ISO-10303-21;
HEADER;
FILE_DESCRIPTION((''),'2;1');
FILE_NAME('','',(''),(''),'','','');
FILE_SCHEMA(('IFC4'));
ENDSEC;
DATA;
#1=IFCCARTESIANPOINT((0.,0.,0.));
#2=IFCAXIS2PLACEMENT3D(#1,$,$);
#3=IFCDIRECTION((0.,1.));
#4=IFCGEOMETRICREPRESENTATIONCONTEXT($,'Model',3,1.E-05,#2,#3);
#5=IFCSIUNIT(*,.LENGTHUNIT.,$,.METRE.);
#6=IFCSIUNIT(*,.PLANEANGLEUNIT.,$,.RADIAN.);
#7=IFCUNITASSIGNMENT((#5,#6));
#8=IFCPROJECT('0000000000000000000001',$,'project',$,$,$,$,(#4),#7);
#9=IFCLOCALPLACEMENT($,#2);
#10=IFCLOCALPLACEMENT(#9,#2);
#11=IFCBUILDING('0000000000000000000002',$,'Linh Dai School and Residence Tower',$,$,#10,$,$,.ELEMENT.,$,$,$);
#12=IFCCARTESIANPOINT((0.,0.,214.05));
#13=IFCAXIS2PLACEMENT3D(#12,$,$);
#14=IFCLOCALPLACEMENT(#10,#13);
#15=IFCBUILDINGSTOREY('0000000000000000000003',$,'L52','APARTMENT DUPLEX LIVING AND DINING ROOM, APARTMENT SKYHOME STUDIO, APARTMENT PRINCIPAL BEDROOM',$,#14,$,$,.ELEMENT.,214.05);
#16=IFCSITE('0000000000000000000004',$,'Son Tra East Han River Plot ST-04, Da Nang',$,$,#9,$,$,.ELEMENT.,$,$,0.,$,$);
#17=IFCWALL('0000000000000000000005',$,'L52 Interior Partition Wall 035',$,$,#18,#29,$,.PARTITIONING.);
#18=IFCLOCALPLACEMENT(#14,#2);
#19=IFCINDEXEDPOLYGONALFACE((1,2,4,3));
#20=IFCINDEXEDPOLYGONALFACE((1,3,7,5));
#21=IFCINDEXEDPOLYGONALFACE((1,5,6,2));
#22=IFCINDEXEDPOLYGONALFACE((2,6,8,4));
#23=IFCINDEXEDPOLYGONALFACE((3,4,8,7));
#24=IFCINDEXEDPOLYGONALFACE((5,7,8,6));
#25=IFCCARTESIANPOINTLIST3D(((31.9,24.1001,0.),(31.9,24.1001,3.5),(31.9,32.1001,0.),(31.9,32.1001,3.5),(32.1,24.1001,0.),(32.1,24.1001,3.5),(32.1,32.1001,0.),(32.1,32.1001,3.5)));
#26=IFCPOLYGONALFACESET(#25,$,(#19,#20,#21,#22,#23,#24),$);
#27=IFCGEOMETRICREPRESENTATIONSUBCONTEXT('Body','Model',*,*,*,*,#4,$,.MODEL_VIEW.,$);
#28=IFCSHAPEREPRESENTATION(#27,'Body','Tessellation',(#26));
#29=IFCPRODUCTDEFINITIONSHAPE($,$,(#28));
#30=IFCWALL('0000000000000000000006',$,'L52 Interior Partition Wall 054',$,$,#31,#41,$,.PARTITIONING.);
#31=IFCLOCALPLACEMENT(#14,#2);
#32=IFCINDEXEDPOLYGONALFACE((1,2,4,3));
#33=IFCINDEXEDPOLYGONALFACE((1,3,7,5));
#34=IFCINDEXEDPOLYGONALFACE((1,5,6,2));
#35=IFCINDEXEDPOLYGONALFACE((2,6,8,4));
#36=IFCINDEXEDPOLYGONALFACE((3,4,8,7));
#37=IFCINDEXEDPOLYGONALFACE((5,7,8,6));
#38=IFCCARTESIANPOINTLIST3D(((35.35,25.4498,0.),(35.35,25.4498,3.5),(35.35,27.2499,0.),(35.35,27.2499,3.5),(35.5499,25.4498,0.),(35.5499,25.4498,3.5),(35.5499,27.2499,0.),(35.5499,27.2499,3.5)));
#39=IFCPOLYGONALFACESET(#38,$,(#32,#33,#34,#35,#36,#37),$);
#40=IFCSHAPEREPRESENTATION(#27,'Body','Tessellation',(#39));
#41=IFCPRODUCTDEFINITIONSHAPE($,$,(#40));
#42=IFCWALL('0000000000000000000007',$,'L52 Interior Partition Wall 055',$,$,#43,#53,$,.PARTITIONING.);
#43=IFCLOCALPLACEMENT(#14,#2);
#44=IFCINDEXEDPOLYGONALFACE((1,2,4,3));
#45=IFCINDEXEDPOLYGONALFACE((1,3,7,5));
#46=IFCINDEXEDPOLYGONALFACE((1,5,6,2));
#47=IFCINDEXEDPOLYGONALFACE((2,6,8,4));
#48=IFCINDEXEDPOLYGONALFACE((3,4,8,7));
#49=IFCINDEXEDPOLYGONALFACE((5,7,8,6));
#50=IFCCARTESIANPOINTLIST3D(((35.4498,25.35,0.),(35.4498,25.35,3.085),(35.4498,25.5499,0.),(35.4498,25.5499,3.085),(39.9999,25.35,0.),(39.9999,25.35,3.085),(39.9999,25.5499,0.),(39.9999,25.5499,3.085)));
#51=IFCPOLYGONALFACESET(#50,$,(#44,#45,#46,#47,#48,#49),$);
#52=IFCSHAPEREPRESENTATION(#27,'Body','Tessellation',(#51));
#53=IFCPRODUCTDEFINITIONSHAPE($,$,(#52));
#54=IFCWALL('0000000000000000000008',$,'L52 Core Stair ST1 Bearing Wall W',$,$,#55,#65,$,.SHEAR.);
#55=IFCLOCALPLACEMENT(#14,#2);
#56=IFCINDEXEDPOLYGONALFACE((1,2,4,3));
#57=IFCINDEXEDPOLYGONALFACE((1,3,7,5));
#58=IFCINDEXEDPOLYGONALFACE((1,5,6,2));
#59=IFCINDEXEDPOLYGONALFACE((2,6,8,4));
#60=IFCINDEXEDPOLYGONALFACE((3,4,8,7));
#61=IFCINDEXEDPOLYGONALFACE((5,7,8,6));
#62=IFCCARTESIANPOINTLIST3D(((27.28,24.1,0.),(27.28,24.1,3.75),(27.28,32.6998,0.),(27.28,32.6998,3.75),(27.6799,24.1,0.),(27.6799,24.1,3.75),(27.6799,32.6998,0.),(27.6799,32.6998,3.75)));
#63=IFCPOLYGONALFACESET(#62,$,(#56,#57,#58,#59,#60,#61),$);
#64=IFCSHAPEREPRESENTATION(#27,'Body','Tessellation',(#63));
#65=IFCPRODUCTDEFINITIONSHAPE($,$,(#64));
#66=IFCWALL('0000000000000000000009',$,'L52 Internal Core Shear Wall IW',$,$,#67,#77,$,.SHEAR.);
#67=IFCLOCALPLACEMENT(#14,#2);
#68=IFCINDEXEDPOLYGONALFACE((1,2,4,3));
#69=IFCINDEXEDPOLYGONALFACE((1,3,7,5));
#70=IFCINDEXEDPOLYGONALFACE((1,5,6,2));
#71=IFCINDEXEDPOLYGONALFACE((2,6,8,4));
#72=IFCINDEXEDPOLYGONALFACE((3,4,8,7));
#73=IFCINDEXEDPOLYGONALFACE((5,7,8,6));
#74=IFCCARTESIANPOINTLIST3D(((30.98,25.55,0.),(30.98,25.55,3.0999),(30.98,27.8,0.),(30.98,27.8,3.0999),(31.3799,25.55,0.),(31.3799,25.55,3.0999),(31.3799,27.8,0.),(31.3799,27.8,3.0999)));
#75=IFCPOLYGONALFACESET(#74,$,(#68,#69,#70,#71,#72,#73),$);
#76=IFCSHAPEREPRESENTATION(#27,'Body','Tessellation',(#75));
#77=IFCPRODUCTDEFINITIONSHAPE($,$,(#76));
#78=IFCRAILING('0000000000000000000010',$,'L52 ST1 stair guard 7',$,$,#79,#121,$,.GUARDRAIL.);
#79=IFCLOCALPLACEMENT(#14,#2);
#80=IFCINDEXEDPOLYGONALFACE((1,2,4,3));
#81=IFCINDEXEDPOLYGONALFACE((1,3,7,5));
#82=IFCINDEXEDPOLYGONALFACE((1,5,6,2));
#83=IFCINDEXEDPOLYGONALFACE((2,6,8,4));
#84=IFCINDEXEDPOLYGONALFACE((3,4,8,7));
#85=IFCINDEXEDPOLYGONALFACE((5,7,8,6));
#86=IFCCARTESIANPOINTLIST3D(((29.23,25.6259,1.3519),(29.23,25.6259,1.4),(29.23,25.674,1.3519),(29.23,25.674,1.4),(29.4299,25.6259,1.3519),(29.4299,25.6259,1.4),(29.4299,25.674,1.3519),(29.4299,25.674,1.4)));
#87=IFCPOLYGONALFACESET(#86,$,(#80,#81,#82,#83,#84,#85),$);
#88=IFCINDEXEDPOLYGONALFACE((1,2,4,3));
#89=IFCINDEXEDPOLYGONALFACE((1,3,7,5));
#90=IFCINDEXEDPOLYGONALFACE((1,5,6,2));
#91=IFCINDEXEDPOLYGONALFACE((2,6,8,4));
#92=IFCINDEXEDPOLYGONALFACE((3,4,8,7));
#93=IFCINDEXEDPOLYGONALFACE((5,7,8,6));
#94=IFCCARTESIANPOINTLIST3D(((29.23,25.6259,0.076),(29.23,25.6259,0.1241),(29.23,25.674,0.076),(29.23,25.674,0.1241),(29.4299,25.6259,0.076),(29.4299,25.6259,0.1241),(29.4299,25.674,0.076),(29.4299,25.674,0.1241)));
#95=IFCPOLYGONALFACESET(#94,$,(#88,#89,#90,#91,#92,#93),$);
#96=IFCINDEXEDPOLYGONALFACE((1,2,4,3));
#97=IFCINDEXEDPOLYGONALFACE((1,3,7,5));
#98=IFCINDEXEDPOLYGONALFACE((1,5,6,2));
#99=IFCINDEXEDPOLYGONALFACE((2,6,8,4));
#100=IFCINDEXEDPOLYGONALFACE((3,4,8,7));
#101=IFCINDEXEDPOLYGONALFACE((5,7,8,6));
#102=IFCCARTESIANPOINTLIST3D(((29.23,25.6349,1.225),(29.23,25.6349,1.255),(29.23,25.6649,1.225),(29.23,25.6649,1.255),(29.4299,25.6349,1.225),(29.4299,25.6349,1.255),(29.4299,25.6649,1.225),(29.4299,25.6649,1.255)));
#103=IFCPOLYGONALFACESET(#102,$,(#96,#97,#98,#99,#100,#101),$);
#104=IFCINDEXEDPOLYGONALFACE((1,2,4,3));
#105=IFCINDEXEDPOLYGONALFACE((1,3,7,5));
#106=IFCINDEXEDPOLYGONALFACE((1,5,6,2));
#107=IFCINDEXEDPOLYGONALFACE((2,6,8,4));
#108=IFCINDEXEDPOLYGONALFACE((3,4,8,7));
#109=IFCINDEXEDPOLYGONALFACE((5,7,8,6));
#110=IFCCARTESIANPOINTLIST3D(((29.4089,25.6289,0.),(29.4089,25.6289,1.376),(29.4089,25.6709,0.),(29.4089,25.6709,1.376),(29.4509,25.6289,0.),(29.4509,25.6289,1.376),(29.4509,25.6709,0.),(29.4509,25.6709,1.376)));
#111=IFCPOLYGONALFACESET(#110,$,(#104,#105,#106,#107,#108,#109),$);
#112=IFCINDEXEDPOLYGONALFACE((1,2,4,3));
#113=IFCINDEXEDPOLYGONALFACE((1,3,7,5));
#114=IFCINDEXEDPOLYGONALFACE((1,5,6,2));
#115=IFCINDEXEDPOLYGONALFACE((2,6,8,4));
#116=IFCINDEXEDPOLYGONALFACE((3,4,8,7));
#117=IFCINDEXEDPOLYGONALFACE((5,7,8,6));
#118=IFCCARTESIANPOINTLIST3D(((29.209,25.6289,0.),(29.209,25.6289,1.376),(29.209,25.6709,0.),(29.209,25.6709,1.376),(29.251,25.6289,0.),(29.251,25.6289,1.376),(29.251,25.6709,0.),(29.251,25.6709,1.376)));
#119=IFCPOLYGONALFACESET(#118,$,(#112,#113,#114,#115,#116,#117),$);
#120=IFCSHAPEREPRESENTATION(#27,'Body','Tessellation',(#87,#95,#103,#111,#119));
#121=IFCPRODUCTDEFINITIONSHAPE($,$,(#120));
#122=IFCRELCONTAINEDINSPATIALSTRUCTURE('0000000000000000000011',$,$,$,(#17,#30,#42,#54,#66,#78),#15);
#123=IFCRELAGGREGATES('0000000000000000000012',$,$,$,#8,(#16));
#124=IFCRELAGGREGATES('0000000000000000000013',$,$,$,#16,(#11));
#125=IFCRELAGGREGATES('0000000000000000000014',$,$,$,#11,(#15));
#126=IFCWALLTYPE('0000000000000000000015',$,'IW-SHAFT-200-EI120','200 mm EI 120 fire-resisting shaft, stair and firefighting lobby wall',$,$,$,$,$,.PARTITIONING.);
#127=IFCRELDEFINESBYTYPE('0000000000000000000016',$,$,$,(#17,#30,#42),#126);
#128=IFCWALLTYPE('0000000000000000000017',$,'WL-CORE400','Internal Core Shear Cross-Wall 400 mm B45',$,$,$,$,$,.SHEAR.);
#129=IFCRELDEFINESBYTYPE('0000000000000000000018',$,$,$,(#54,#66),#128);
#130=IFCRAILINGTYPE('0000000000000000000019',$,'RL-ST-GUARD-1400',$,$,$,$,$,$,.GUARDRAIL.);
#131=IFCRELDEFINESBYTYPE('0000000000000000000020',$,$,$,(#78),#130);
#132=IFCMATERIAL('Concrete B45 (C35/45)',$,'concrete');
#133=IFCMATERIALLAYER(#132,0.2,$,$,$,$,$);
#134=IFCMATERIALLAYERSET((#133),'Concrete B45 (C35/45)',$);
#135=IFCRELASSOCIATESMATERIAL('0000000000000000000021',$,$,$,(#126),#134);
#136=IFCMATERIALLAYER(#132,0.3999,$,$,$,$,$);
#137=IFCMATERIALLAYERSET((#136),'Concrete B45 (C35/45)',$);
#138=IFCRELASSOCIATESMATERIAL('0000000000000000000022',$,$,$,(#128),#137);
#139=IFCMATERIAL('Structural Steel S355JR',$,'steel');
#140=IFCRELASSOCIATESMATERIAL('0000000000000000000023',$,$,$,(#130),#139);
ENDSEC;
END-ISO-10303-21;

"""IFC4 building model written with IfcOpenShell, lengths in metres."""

from ifc_helpers import new_model, si_unit, direction, frame, frame_2d, origin, origin_2d, place, context, subcontext, project, spatial, rectangle, extrude, source, transform, mapped, material, layer, layer_set, type_object, element, save


model = new_model("IFC4")

# Units and contexts
model_context = context("Model", 3, precision=1e-05, world=origin(), true_north=direction((0.0, 1.0)))
body_context = subcontext(model_context, "Body", "Model", "MODEL_VIEW")
ifc_project = project(units=[si_unit("LENGTHUNIT", "METRE"), si_unit("PLANEANGLEUNIT", "RADIAN")], contexts=[model_context])

# Site, building, storey
site_placement = place(None, origin())
site = spatial("IfcSite", under=ifc_project, at=site_placement, Name="Son Tra East Han River Plot ST-04, Da Nang", CompositionType="ELEMENT", RefElevation=0.0)
building_placement = place(site_placement, origin())
building = spatial("IfcBuilding", under=site, at=building_placement, Name="Linh Dai School and Residence Tower", CompositionType="ELEMENT")
storey_placement = place(building_placement, frame((0.0, 0.0, 214.05)))
storey = spatial("IfcBuildingStorey", under=building, at=storey_placement, Name="L52", Description="APARTMENT DUPLEX LIVING AND DINING ROOM, APARTMENT SKYHOME STUDIO, APARTMENT PRINCIPAL BEDROOM", CompositionType="ELEMENT", Elevation=214.05)

# Shared definitions
ifc_material_1 = material(Name="Structural Steel S355JR", Category="steel")

# Shared definitions
ifc_material_2 = material(Name="Concrete B45 (C35/45)", Category="concrete")
ifc_layer_1 = layer(ifc_material_2, 0.2)
ifc_layer_set_1 = layer_set([ifc_layer_1], Name="Concrete B45 (C35/45)")
wall_type_1 = type_object("IfcWallType", Name="IW-SHAFT-200-EI120", Description="200 mm EI 120 fire-resisting shaft, stair and firefighting lobby wall", PredefinedType="PARTITIONING", material=ifc_layer_set_1)

# Wall
wall_1_placement = place(storey_placement, frame((32.0, 24.1001, 0.0), z_axis=(0.0, 0.0, 1.0), x_axis=(0.0, 1.0, 0.0)))
element("IfcWall", 1, at=wall_1_placement, inside=storey, type_object=wall_type_1, Name="L52 Interior Partition Wall 035", PredefinedType="PARTITIONING", context=body_context, shape_type="SweptSolid", body=[
    extrude(rectangle(XDim=8.0, YDim=0.2, at=frame_2d((4.0, 0.0))), origin(), (0.0, 0.0, 1.0), 3.5),
])

# Walls
wall_2_placement = place(storey_placement, frame((35.45, 25.45, 0.0), z_axis=(0.0, 0.0, 1.0), x_axis=(0.0, 1.0, 0.0)))
element("IfcWall", 2, at=wall_2_placement, inside=storey, type_object=wall_type_1, Name="L52 Interior Partition Wall 054", PredefinedType="PARTITIONING", context=body_context, shape_type="SweptSolid", body=[
    extrude(rectangle(XDim=1.8, YDim=0.2, at=frame_2d((0.8999, 0.0))), origin(), (0.0, 0.0, 1.0), 3.5),
])
wall_3_placement = place(storey_placement, frame((35.45, 25.45, 0.0), z_axis=(0.0, 0.0, 1.0), x_axis=(1.0, 0.0, 0.0)))
element("IfcWall", 3, at=wall_3_placement, inside=storey, type_object=wall_type_1, Name="L52 Interior Partition Wall 055", PredefinedType="PARTITIONING", context=body_context, shape_type="SweptSolid", body=[
    extrude(rectangle(XDim=4.55, YDim=0.2, at=frame_2d((2.2749, 0.0))), origin(), (0.0, 0.0, 1.0), 3.085),
])
ifc_layer_2 = layer(ifc_material_2, 0.3999)
ifc_layer_set_2 = layer_set([ifc_layer_2], Name="Concrete B45 (C35/45)")
wall_type_2 = type_object("IfcWallType", Name="WL-CORE400", Description="Internal Core Shear Cross-Wall 400 mm B45", PredefinedType="SHEAR", material=ifc_layer_set_2)
wall_4_placement = place(storey_placement, frame((27.48, 24.1001, 0.0), z_axis=(0.0, 0.0, 1.0), x_axis=(0.0, 1.0, 0.0)))
element("IfcWall", 4, at=wall_4_placement, inside=storey, type_object=wall_type_2, Name="L52 Core Stair ST1 Bearing Wall W", PredefinedType="SHEAR", context=body_context, shape_type="SweptSolid", body=[
    extrude(rectangle(XDim=8.5999, YDim=0.3999, at=frame_2d((4.2998, 0.0))), origin(), (0.0, 0.0, 1.0), 3.75),
])
wall_5_placement = place(storey_placement, frame((31.1799, 25.55, 0.0), z_axis=(0.0, 0.0, 1.0), x_axis=(0.0, 1.0, 0.0)))
element("IfcWall", 5, at=wall_5_placement, inside=storey, type_object=wall_type_2, Name="L52 Internal Core Shear Wall IW", PredefinedType="SHEAR", context=body_context, shape_type="SweptSolid", body=[
    extrude(rectangle(XDim=2.25, YDim=0.3999, at=frame_2d((1.125, 0.0))), origin(), (0.0, 0.0, 1.0), 3.0999),
])

# Railing
railing_type = type_object("IfcRailingType", Name="RL-ST-GUARD-1400", PredefinedType="GUARDRAIL", material=ifc_material_1)
shared_shape_1 = source(origin(), body_context, "Body", "SweptSolid", [
    extrude(rectangle(XDim=0.0481, YDim=0.0481, at=origin_2d()), frame((0.0, 0.0, 1.376), z_axis=(-1.0, 0.0, 0.0), x_axis=(0.0, -1.0, 0.0)), (0.0, 0.0, 1.0), 0.2),
    extrude(rectangle(XDim=0.0481, YDim=0.0481, at=origin_2d()), frame((0.0, 0.0, 0.1001), z_axis=(-1.0, 0.0, 0.0), x_axis=(0.0, -1.0, 0.0)), (0.0, 0.0, 1.0), 0.2),
    extrude(rectangle(XDim=0.03, YDim=0.03, at=origin_2d()), frame((0.0, 0.0, 1.24), z_axis=(-1.0, 0.0, 0.0), x_axis=(0.0, -1.0, 0.0)), (0.0, 0.0, 1.0), 0.2),
    extrude(rectangle(XDim=0.042, YDim=0.042, at=origin_2d()), origin(), (0.0, 0.0, 1.0), 1.376),
    extrude(rectangle(XDim=0.042, YDim=0.042, at=origin_2d()), frame((-0.2, 0.0, 0.0)), (0.0, 0.0, 1.0), 1.376),
])
railing_placement = place(storey_placement, frame((29.4299, 25.6499, 0.0)))
element("IfcRailing", 6, at=railing_placement, inside=storey, type_object=railing_type, Name="L52 ST1 stair guard 7", PredefinedType="GUARDRAIL", context=body_context, shape_type="MappedRepresentation", body=[
    mapped(shared_shape_1, transform((0.0, 0.0, 0.0), x_axis=(1.0, 0.0, 0.0), y_axis=(0.0, 1.0, 0.0), z_axis=(0.0, 0.0, 1.0), scale=1.0)),
])

save(model, "model.ifc")
